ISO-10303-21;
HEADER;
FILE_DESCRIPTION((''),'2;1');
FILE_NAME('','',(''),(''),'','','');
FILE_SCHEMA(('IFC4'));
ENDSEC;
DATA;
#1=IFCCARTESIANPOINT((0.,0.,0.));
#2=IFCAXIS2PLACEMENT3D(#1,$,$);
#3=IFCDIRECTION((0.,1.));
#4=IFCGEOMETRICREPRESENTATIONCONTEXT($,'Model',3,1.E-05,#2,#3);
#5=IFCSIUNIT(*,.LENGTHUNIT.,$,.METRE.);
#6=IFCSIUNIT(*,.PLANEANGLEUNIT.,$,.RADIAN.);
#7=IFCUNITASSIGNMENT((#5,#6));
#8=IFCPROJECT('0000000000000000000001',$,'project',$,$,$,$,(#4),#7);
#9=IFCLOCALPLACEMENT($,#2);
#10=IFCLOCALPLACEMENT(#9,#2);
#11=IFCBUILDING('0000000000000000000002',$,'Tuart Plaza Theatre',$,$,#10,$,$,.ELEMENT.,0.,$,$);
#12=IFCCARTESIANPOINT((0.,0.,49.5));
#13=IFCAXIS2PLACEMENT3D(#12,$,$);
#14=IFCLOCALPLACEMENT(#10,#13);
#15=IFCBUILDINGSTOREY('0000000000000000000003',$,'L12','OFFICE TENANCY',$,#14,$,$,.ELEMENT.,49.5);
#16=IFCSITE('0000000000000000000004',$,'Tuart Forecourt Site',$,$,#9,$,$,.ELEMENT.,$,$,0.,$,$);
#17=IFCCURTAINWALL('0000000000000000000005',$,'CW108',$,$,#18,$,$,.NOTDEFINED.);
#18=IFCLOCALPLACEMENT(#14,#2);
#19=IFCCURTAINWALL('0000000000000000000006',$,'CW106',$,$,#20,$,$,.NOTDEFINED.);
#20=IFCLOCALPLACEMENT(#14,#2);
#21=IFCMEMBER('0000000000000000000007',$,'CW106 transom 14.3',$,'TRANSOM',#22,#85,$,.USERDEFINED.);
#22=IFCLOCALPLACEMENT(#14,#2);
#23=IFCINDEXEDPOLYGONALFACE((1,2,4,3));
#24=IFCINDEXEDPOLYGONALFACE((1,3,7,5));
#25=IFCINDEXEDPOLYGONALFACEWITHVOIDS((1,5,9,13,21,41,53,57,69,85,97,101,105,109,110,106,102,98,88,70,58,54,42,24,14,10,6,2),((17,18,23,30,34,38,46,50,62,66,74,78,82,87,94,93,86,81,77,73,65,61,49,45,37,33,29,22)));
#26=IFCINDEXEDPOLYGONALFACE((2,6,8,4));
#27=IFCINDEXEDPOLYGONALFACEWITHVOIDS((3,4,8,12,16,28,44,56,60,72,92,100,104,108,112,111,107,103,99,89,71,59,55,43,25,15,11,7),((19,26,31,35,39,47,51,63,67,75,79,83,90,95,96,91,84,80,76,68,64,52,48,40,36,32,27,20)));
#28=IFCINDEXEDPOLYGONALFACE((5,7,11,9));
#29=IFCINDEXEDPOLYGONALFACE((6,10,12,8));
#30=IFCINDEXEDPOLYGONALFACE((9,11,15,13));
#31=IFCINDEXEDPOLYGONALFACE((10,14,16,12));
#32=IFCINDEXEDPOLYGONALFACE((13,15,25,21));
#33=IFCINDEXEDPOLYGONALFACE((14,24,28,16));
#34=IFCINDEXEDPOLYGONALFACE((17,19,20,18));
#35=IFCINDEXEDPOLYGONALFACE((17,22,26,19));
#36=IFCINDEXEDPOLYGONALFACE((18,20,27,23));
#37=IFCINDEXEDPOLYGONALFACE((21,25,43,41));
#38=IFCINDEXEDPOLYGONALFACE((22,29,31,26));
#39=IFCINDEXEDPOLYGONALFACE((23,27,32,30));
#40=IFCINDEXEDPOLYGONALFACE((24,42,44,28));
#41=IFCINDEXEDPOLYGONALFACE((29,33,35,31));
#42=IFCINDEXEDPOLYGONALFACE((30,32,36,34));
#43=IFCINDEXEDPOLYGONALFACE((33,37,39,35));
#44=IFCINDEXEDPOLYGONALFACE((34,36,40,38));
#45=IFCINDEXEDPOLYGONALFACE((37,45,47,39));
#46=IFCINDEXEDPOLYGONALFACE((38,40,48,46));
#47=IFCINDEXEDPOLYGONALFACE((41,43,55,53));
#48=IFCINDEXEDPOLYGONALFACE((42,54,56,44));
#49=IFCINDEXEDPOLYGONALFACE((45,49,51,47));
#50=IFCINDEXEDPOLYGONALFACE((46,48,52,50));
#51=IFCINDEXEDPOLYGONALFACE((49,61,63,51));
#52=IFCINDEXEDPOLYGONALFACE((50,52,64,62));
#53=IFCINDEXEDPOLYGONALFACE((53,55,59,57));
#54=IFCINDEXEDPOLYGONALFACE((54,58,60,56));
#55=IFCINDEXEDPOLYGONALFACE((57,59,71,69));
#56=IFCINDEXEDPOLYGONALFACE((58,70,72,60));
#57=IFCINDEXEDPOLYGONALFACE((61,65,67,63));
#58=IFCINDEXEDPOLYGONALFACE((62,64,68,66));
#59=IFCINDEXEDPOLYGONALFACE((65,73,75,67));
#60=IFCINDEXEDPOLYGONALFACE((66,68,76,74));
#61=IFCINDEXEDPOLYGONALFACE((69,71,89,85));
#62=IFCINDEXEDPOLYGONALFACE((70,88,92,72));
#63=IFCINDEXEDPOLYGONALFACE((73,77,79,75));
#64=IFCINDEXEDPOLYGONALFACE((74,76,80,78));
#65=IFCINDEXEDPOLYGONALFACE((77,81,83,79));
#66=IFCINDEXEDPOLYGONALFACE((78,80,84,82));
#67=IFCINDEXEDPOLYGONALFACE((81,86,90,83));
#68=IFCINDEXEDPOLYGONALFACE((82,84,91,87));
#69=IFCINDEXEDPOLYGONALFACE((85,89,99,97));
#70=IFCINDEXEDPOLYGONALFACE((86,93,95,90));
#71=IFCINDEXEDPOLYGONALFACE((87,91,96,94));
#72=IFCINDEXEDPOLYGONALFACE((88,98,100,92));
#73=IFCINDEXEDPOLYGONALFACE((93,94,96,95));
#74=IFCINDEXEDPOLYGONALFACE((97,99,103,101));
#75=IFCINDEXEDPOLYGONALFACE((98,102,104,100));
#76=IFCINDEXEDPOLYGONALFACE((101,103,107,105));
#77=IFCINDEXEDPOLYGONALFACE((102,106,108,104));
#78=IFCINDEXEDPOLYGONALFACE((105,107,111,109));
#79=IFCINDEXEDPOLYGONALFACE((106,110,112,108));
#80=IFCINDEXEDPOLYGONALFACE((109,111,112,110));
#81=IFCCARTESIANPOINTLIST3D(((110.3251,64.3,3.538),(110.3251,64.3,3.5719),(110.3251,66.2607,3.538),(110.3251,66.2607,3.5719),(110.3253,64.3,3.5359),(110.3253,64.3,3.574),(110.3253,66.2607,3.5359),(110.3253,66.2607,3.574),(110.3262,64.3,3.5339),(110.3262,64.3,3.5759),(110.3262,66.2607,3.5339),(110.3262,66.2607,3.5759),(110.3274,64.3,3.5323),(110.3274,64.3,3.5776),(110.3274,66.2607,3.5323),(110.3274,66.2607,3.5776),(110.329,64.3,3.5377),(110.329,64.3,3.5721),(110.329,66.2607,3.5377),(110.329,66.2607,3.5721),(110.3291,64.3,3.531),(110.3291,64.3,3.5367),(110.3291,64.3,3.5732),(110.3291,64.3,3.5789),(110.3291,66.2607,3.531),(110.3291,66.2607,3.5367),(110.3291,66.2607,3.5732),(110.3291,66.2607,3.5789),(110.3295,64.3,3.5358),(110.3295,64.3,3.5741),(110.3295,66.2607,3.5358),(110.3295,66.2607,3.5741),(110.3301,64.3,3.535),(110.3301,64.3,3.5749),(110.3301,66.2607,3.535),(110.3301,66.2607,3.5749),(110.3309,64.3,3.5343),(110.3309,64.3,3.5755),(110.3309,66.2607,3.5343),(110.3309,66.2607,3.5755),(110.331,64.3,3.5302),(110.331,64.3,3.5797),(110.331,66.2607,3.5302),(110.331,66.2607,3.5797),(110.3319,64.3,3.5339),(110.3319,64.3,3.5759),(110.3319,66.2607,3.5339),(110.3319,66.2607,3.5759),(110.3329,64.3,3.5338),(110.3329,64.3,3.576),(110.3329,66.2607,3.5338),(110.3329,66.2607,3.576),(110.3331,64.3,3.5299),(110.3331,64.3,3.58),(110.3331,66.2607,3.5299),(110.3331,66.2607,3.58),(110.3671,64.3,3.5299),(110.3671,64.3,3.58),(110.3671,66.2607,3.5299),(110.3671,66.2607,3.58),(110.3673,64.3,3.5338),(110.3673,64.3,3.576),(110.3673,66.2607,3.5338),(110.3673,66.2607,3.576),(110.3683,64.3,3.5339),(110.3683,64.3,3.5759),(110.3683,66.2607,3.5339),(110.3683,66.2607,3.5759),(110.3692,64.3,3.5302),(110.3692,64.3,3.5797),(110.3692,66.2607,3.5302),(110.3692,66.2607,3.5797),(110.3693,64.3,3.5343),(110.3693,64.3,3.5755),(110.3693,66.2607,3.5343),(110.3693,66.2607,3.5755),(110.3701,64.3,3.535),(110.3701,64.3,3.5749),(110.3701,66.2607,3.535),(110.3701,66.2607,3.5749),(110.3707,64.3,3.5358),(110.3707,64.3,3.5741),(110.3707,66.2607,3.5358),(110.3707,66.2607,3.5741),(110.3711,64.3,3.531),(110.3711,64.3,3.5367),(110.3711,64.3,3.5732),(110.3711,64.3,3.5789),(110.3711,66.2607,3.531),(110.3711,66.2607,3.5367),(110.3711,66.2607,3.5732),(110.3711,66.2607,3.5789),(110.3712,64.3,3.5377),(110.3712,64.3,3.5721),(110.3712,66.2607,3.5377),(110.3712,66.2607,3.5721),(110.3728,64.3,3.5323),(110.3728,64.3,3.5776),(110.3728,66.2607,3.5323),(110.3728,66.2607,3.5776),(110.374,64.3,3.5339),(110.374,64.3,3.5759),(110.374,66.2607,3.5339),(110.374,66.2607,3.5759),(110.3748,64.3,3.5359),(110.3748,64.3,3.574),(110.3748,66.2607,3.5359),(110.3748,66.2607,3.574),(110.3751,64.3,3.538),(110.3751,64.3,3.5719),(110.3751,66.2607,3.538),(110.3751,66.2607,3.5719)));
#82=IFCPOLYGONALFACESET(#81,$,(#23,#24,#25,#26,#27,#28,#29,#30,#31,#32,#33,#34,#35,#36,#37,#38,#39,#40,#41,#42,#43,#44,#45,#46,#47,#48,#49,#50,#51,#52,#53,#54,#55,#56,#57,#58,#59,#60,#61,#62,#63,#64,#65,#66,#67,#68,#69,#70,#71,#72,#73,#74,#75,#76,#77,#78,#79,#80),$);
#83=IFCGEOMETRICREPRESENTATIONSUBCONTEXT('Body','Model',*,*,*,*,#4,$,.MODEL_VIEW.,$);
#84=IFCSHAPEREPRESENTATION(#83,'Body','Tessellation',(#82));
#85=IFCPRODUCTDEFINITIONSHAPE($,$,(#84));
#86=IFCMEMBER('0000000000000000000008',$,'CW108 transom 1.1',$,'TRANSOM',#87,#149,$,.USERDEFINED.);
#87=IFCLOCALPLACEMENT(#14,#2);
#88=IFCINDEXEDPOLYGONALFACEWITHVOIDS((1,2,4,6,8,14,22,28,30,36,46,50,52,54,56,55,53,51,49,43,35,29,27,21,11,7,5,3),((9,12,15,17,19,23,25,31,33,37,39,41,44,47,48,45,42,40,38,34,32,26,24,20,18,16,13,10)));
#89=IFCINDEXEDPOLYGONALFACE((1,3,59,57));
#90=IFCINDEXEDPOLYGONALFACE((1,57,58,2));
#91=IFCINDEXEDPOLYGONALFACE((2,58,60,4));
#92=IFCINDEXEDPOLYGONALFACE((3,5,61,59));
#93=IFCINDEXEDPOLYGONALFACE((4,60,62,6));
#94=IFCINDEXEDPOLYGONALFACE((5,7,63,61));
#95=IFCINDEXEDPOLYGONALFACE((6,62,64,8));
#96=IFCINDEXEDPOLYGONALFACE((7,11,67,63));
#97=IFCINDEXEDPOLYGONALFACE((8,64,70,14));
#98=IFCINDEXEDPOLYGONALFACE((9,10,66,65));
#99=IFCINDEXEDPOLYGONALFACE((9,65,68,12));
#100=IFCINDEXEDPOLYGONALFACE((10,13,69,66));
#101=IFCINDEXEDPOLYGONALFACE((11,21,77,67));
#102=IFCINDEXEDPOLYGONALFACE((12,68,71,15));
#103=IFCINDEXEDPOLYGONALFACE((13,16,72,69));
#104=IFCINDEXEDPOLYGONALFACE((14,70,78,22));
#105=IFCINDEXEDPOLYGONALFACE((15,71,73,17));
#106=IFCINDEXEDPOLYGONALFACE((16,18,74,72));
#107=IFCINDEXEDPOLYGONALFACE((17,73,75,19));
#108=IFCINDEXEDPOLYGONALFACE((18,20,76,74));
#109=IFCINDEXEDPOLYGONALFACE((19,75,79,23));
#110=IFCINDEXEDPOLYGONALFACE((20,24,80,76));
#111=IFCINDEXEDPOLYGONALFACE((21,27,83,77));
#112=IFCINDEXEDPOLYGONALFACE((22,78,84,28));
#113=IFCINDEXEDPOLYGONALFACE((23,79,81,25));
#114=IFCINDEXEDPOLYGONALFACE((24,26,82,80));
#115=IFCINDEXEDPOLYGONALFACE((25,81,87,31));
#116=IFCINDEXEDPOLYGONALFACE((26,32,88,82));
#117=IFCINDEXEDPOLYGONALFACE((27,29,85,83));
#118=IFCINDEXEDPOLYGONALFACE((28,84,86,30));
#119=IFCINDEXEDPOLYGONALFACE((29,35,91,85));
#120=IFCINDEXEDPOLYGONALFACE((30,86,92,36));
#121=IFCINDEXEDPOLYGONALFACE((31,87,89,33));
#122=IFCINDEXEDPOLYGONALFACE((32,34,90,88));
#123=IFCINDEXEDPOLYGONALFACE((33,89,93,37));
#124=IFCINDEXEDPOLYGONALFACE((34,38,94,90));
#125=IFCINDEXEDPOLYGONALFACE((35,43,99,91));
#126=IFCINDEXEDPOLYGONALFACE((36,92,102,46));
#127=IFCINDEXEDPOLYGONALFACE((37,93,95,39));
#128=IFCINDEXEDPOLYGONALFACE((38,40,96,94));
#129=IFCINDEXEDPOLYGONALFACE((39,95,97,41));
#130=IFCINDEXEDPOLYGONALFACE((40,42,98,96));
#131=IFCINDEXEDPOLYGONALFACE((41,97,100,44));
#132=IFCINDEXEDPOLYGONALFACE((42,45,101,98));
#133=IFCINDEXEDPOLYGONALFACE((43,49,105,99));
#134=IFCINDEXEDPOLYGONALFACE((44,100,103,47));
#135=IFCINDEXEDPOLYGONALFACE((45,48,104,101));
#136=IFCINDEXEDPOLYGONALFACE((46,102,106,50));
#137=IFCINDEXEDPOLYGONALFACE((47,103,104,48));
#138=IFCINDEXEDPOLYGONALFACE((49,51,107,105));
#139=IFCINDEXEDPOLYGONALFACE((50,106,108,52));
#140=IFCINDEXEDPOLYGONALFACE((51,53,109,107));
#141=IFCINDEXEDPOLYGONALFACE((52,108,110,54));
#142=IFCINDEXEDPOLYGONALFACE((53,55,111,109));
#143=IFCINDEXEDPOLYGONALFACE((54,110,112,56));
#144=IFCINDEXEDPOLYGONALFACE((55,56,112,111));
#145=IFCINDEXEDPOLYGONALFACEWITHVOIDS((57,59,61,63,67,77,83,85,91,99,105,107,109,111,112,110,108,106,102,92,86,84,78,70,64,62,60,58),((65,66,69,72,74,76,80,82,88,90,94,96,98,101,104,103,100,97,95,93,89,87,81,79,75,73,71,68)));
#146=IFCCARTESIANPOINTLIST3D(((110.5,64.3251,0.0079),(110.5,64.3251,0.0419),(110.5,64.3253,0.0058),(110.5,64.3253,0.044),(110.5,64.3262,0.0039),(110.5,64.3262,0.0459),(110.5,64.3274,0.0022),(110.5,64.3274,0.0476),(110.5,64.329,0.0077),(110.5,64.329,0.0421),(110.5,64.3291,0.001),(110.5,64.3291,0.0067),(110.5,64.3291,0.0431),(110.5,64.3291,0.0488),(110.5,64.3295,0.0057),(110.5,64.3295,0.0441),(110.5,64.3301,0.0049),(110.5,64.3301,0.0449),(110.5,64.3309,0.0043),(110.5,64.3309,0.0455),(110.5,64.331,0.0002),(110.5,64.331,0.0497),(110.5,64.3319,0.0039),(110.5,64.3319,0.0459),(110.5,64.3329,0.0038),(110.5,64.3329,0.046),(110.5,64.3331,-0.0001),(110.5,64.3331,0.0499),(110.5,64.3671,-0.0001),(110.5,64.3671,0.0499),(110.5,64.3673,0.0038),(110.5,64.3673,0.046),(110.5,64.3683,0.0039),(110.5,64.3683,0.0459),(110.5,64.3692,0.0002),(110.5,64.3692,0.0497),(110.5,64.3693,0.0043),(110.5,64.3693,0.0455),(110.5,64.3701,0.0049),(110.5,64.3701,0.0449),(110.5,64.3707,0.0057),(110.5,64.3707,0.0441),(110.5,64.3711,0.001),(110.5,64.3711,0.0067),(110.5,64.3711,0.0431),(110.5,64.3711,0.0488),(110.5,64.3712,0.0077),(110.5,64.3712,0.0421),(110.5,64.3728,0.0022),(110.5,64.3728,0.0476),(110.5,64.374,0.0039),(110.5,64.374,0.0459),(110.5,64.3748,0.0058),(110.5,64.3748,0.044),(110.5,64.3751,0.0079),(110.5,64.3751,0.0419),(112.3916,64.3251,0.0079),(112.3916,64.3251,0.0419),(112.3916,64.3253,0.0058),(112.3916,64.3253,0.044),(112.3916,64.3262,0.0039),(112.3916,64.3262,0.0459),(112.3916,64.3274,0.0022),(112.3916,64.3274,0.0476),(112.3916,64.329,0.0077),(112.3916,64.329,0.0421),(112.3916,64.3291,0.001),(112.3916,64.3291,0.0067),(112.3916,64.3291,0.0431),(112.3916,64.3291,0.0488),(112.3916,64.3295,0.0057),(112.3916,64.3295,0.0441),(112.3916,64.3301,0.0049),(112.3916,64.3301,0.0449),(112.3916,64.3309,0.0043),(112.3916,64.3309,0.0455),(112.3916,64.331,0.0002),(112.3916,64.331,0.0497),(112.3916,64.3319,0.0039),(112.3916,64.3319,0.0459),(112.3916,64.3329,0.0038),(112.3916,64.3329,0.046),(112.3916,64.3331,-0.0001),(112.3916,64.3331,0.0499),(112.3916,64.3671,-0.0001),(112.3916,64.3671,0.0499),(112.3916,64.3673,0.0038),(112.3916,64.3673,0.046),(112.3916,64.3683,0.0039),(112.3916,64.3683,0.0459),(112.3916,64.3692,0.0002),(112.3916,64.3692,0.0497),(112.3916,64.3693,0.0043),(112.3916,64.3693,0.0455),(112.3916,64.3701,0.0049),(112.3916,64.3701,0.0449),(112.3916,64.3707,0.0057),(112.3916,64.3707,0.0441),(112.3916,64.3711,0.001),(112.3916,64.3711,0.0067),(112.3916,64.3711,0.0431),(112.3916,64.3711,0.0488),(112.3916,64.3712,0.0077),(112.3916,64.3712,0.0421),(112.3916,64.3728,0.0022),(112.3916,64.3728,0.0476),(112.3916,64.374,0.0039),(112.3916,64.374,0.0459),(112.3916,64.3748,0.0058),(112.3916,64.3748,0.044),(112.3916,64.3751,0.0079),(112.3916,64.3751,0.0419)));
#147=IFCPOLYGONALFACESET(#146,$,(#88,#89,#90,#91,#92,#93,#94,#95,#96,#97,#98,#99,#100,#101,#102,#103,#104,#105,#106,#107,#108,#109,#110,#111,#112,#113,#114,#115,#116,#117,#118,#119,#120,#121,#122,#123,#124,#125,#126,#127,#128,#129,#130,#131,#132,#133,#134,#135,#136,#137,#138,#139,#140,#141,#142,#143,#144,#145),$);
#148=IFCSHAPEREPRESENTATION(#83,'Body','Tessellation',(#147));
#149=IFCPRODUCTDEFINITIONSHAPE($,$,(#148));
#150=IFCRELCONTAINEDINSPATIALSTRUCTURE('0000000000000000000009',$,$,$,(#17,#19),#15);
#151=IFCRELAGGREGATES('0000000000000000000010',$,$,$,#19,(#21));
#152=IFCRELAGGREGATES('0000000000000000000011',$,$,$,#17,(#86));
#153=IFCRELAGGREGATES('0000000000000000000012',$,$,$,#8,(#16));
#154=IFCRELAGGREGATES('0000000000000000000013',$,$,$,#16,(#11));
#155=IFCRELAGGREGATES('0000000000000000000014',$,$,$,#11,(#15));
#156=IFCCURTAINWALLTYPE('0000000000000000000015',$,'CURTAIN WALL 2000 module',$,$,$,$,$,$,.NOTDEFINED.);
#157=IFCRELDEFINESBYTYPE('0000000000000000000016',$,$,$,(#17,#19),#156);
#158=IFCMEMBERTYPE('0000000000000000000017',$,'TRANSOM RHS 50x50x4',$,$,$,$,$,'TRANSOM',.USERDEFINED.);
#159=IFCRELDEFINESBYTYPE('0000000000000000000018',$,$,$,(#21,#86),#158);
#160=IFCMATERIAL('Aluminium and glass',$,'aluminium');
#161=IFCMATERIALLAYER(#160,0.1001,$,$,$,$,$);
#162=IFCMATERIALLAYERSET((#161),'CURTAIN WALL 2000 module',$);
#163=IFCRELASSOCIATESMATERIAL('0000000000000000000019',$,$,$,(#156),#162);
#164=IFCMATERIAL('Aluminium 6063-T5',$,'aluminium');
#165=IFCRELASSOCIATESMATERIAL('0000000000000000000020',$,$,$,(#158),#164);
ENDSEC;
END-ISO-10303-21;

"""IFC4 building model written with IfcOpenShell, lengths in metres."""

from ifc_helpers import new_model, si_unit, direction, frame, origin, origin_2d, place, context, subcontext, project, spatial, hollow_rectangle, extrude, material, layer, layer_set, material_profile, profile_set, type_object, element, aggregate, save


model = new_model("IFC4")

# Units and contexts
model_context = context("Model", 3, precision=1e-05, world=origin(), true_north=direction((0.0, 1.0)))
body_context = subcontext(model_context, "Body", "Model", "MODEL_VIEW")
ifc_project = project(units=[si_unit("LENGTHUNIT", "METRE"), si_unit("PLANEANGLEUNIT", "RADIAN")], contexts=[model_context])

# Site, building, storey
site_placement = place(None, origin())
site = spatial("IfcSite", under=ifc_project, at=site_placement, Name="Tuart Forecourt Site", CompositionType="ELEMENT", RefElevation=0.0)
building_placement = place(site_placement, origin())
building = spatial("IfcBuilding", under=site, at=building_placement, Name="Tuart Plaza Theatre", CompositionType="ELEMENT", ElevationOfRefHeight=0.0)
storey_placement = place(building_placement, frame((0.0, 0.0, 49.5)))
storey = spatial("IfcBuildingStorey", under=building, at=storey_placement, Name="L12", Description="OFFICE TENANCY", CompositionType="ELEMENT", Elevation=49.5)

# Curtain walls, member
ifc_material_1 = material(Name="Aluminium and glass", Category="aluminium")
ifc_layer_1 = layer(ifc_material_1, 0.1001)
ifc_layer_set_1 = layer_set([ifc_layer_1], Name="CURTAIN WALL 2000 module")
curtain_wall_type = type_object("IfcCurtainWallType", Name="CURTAIN WALL 2000 module", PredefinedType="NOTDEFINED", material=ifc_layer_set_1)
curtain_wall_1_placement = place(storey_placement, origin())
curtain_wall_1 = element("IfcCurtainWall", 1, at=curtain_wall_1_placement, inside=storey, type_object=curtain_wall_type, Name="CW108", PredefinedType="NOTDEFINED")
curtain_wall_2_placement = place(storey_placement, origin())
curtain_wall_2 = element("IfcCurtainWall", 2, at=curtain_wall_2_placement, inside=storey, type_object=curtain_wall_type, Name="CW106", PredefinedType="NOTDEFINED")
ifc_material_2 = material(Name="Aluminium 6063-T5", Category="aluminium")
ifc_material_profile_1 = material_profile(ifc_material_2, hollow_rectangle(XDim=0.05, YDim=0.05, WallThickness=0.0039, InnerFilletRadius=0.0039, OuterFilletRadius=0.0081, at=origin_2d()), Name="RHS 50x50x4")
ifc_profile_set_1 = profile_set([ifc_material_profile_1], Name="Aluminium 6063-T5")
member_type_1 = type_object("IfcMemberType", Name="TRANSOM RHS 50x50x4", ElementType="TRANSOM", PredefinedType="USERDEFINED", material=ifc_profile_set_1)
member_1_placement = place(storey_placement, frame((110.3501, 66.2607, 3.5549), z_axis=(0.0, -1.0, 0.0), x_axis=(1.0, 0.0, 0.0)))
member_1 = element("IfcMember", 3, at=member_1_placement, type_object=member_type_1, Name="CW106 transom 14.3", ObjectType="TRANSOM", PredefinedType="USERDEFINED", context=body_context, shape_type="SweptSolid", body=[
    extrude(hollow_rectangle(XDim=0.05, YDim=0.05, WallThickness=0.0039, InnerFilletRadius=0.0039, OuterFilletRadius=0.0081, at=origin_2d()), origin(), (0.0, 0.0, 1.0), 1.9607),
])

# Member
member_2_placement = place(storey_placement, frame((110.5, 64.3501, 0.0249), z_axis=(1.0, 0.0, 0.0), x_axis=(0.0, 1.0, 0.0)))
member_2 = element("IfcMember", 4, at=member_2_placement, type_object=member_type_1, Name="CW108 transom 1.1", ObjectType="TRANSOM", PredefinedType="USERDEFINED", context=body_context, shape_type="SweptSolid", body=[
    extrude(hollow_rectangle(XDim=0.05, YDim=0.05, WallThickness=0.0039, InnerFilletRadius=0.0039, OuterFilletRadius=0.0081, at=origin_2d()), origin(), (0.0, 0.0, 1.0), 1.8916),
])

aggregate(curtain_wall_2, [member_1])
aggregate(curtain_wall_1, [member_2])

save(model, "model.ifc")
